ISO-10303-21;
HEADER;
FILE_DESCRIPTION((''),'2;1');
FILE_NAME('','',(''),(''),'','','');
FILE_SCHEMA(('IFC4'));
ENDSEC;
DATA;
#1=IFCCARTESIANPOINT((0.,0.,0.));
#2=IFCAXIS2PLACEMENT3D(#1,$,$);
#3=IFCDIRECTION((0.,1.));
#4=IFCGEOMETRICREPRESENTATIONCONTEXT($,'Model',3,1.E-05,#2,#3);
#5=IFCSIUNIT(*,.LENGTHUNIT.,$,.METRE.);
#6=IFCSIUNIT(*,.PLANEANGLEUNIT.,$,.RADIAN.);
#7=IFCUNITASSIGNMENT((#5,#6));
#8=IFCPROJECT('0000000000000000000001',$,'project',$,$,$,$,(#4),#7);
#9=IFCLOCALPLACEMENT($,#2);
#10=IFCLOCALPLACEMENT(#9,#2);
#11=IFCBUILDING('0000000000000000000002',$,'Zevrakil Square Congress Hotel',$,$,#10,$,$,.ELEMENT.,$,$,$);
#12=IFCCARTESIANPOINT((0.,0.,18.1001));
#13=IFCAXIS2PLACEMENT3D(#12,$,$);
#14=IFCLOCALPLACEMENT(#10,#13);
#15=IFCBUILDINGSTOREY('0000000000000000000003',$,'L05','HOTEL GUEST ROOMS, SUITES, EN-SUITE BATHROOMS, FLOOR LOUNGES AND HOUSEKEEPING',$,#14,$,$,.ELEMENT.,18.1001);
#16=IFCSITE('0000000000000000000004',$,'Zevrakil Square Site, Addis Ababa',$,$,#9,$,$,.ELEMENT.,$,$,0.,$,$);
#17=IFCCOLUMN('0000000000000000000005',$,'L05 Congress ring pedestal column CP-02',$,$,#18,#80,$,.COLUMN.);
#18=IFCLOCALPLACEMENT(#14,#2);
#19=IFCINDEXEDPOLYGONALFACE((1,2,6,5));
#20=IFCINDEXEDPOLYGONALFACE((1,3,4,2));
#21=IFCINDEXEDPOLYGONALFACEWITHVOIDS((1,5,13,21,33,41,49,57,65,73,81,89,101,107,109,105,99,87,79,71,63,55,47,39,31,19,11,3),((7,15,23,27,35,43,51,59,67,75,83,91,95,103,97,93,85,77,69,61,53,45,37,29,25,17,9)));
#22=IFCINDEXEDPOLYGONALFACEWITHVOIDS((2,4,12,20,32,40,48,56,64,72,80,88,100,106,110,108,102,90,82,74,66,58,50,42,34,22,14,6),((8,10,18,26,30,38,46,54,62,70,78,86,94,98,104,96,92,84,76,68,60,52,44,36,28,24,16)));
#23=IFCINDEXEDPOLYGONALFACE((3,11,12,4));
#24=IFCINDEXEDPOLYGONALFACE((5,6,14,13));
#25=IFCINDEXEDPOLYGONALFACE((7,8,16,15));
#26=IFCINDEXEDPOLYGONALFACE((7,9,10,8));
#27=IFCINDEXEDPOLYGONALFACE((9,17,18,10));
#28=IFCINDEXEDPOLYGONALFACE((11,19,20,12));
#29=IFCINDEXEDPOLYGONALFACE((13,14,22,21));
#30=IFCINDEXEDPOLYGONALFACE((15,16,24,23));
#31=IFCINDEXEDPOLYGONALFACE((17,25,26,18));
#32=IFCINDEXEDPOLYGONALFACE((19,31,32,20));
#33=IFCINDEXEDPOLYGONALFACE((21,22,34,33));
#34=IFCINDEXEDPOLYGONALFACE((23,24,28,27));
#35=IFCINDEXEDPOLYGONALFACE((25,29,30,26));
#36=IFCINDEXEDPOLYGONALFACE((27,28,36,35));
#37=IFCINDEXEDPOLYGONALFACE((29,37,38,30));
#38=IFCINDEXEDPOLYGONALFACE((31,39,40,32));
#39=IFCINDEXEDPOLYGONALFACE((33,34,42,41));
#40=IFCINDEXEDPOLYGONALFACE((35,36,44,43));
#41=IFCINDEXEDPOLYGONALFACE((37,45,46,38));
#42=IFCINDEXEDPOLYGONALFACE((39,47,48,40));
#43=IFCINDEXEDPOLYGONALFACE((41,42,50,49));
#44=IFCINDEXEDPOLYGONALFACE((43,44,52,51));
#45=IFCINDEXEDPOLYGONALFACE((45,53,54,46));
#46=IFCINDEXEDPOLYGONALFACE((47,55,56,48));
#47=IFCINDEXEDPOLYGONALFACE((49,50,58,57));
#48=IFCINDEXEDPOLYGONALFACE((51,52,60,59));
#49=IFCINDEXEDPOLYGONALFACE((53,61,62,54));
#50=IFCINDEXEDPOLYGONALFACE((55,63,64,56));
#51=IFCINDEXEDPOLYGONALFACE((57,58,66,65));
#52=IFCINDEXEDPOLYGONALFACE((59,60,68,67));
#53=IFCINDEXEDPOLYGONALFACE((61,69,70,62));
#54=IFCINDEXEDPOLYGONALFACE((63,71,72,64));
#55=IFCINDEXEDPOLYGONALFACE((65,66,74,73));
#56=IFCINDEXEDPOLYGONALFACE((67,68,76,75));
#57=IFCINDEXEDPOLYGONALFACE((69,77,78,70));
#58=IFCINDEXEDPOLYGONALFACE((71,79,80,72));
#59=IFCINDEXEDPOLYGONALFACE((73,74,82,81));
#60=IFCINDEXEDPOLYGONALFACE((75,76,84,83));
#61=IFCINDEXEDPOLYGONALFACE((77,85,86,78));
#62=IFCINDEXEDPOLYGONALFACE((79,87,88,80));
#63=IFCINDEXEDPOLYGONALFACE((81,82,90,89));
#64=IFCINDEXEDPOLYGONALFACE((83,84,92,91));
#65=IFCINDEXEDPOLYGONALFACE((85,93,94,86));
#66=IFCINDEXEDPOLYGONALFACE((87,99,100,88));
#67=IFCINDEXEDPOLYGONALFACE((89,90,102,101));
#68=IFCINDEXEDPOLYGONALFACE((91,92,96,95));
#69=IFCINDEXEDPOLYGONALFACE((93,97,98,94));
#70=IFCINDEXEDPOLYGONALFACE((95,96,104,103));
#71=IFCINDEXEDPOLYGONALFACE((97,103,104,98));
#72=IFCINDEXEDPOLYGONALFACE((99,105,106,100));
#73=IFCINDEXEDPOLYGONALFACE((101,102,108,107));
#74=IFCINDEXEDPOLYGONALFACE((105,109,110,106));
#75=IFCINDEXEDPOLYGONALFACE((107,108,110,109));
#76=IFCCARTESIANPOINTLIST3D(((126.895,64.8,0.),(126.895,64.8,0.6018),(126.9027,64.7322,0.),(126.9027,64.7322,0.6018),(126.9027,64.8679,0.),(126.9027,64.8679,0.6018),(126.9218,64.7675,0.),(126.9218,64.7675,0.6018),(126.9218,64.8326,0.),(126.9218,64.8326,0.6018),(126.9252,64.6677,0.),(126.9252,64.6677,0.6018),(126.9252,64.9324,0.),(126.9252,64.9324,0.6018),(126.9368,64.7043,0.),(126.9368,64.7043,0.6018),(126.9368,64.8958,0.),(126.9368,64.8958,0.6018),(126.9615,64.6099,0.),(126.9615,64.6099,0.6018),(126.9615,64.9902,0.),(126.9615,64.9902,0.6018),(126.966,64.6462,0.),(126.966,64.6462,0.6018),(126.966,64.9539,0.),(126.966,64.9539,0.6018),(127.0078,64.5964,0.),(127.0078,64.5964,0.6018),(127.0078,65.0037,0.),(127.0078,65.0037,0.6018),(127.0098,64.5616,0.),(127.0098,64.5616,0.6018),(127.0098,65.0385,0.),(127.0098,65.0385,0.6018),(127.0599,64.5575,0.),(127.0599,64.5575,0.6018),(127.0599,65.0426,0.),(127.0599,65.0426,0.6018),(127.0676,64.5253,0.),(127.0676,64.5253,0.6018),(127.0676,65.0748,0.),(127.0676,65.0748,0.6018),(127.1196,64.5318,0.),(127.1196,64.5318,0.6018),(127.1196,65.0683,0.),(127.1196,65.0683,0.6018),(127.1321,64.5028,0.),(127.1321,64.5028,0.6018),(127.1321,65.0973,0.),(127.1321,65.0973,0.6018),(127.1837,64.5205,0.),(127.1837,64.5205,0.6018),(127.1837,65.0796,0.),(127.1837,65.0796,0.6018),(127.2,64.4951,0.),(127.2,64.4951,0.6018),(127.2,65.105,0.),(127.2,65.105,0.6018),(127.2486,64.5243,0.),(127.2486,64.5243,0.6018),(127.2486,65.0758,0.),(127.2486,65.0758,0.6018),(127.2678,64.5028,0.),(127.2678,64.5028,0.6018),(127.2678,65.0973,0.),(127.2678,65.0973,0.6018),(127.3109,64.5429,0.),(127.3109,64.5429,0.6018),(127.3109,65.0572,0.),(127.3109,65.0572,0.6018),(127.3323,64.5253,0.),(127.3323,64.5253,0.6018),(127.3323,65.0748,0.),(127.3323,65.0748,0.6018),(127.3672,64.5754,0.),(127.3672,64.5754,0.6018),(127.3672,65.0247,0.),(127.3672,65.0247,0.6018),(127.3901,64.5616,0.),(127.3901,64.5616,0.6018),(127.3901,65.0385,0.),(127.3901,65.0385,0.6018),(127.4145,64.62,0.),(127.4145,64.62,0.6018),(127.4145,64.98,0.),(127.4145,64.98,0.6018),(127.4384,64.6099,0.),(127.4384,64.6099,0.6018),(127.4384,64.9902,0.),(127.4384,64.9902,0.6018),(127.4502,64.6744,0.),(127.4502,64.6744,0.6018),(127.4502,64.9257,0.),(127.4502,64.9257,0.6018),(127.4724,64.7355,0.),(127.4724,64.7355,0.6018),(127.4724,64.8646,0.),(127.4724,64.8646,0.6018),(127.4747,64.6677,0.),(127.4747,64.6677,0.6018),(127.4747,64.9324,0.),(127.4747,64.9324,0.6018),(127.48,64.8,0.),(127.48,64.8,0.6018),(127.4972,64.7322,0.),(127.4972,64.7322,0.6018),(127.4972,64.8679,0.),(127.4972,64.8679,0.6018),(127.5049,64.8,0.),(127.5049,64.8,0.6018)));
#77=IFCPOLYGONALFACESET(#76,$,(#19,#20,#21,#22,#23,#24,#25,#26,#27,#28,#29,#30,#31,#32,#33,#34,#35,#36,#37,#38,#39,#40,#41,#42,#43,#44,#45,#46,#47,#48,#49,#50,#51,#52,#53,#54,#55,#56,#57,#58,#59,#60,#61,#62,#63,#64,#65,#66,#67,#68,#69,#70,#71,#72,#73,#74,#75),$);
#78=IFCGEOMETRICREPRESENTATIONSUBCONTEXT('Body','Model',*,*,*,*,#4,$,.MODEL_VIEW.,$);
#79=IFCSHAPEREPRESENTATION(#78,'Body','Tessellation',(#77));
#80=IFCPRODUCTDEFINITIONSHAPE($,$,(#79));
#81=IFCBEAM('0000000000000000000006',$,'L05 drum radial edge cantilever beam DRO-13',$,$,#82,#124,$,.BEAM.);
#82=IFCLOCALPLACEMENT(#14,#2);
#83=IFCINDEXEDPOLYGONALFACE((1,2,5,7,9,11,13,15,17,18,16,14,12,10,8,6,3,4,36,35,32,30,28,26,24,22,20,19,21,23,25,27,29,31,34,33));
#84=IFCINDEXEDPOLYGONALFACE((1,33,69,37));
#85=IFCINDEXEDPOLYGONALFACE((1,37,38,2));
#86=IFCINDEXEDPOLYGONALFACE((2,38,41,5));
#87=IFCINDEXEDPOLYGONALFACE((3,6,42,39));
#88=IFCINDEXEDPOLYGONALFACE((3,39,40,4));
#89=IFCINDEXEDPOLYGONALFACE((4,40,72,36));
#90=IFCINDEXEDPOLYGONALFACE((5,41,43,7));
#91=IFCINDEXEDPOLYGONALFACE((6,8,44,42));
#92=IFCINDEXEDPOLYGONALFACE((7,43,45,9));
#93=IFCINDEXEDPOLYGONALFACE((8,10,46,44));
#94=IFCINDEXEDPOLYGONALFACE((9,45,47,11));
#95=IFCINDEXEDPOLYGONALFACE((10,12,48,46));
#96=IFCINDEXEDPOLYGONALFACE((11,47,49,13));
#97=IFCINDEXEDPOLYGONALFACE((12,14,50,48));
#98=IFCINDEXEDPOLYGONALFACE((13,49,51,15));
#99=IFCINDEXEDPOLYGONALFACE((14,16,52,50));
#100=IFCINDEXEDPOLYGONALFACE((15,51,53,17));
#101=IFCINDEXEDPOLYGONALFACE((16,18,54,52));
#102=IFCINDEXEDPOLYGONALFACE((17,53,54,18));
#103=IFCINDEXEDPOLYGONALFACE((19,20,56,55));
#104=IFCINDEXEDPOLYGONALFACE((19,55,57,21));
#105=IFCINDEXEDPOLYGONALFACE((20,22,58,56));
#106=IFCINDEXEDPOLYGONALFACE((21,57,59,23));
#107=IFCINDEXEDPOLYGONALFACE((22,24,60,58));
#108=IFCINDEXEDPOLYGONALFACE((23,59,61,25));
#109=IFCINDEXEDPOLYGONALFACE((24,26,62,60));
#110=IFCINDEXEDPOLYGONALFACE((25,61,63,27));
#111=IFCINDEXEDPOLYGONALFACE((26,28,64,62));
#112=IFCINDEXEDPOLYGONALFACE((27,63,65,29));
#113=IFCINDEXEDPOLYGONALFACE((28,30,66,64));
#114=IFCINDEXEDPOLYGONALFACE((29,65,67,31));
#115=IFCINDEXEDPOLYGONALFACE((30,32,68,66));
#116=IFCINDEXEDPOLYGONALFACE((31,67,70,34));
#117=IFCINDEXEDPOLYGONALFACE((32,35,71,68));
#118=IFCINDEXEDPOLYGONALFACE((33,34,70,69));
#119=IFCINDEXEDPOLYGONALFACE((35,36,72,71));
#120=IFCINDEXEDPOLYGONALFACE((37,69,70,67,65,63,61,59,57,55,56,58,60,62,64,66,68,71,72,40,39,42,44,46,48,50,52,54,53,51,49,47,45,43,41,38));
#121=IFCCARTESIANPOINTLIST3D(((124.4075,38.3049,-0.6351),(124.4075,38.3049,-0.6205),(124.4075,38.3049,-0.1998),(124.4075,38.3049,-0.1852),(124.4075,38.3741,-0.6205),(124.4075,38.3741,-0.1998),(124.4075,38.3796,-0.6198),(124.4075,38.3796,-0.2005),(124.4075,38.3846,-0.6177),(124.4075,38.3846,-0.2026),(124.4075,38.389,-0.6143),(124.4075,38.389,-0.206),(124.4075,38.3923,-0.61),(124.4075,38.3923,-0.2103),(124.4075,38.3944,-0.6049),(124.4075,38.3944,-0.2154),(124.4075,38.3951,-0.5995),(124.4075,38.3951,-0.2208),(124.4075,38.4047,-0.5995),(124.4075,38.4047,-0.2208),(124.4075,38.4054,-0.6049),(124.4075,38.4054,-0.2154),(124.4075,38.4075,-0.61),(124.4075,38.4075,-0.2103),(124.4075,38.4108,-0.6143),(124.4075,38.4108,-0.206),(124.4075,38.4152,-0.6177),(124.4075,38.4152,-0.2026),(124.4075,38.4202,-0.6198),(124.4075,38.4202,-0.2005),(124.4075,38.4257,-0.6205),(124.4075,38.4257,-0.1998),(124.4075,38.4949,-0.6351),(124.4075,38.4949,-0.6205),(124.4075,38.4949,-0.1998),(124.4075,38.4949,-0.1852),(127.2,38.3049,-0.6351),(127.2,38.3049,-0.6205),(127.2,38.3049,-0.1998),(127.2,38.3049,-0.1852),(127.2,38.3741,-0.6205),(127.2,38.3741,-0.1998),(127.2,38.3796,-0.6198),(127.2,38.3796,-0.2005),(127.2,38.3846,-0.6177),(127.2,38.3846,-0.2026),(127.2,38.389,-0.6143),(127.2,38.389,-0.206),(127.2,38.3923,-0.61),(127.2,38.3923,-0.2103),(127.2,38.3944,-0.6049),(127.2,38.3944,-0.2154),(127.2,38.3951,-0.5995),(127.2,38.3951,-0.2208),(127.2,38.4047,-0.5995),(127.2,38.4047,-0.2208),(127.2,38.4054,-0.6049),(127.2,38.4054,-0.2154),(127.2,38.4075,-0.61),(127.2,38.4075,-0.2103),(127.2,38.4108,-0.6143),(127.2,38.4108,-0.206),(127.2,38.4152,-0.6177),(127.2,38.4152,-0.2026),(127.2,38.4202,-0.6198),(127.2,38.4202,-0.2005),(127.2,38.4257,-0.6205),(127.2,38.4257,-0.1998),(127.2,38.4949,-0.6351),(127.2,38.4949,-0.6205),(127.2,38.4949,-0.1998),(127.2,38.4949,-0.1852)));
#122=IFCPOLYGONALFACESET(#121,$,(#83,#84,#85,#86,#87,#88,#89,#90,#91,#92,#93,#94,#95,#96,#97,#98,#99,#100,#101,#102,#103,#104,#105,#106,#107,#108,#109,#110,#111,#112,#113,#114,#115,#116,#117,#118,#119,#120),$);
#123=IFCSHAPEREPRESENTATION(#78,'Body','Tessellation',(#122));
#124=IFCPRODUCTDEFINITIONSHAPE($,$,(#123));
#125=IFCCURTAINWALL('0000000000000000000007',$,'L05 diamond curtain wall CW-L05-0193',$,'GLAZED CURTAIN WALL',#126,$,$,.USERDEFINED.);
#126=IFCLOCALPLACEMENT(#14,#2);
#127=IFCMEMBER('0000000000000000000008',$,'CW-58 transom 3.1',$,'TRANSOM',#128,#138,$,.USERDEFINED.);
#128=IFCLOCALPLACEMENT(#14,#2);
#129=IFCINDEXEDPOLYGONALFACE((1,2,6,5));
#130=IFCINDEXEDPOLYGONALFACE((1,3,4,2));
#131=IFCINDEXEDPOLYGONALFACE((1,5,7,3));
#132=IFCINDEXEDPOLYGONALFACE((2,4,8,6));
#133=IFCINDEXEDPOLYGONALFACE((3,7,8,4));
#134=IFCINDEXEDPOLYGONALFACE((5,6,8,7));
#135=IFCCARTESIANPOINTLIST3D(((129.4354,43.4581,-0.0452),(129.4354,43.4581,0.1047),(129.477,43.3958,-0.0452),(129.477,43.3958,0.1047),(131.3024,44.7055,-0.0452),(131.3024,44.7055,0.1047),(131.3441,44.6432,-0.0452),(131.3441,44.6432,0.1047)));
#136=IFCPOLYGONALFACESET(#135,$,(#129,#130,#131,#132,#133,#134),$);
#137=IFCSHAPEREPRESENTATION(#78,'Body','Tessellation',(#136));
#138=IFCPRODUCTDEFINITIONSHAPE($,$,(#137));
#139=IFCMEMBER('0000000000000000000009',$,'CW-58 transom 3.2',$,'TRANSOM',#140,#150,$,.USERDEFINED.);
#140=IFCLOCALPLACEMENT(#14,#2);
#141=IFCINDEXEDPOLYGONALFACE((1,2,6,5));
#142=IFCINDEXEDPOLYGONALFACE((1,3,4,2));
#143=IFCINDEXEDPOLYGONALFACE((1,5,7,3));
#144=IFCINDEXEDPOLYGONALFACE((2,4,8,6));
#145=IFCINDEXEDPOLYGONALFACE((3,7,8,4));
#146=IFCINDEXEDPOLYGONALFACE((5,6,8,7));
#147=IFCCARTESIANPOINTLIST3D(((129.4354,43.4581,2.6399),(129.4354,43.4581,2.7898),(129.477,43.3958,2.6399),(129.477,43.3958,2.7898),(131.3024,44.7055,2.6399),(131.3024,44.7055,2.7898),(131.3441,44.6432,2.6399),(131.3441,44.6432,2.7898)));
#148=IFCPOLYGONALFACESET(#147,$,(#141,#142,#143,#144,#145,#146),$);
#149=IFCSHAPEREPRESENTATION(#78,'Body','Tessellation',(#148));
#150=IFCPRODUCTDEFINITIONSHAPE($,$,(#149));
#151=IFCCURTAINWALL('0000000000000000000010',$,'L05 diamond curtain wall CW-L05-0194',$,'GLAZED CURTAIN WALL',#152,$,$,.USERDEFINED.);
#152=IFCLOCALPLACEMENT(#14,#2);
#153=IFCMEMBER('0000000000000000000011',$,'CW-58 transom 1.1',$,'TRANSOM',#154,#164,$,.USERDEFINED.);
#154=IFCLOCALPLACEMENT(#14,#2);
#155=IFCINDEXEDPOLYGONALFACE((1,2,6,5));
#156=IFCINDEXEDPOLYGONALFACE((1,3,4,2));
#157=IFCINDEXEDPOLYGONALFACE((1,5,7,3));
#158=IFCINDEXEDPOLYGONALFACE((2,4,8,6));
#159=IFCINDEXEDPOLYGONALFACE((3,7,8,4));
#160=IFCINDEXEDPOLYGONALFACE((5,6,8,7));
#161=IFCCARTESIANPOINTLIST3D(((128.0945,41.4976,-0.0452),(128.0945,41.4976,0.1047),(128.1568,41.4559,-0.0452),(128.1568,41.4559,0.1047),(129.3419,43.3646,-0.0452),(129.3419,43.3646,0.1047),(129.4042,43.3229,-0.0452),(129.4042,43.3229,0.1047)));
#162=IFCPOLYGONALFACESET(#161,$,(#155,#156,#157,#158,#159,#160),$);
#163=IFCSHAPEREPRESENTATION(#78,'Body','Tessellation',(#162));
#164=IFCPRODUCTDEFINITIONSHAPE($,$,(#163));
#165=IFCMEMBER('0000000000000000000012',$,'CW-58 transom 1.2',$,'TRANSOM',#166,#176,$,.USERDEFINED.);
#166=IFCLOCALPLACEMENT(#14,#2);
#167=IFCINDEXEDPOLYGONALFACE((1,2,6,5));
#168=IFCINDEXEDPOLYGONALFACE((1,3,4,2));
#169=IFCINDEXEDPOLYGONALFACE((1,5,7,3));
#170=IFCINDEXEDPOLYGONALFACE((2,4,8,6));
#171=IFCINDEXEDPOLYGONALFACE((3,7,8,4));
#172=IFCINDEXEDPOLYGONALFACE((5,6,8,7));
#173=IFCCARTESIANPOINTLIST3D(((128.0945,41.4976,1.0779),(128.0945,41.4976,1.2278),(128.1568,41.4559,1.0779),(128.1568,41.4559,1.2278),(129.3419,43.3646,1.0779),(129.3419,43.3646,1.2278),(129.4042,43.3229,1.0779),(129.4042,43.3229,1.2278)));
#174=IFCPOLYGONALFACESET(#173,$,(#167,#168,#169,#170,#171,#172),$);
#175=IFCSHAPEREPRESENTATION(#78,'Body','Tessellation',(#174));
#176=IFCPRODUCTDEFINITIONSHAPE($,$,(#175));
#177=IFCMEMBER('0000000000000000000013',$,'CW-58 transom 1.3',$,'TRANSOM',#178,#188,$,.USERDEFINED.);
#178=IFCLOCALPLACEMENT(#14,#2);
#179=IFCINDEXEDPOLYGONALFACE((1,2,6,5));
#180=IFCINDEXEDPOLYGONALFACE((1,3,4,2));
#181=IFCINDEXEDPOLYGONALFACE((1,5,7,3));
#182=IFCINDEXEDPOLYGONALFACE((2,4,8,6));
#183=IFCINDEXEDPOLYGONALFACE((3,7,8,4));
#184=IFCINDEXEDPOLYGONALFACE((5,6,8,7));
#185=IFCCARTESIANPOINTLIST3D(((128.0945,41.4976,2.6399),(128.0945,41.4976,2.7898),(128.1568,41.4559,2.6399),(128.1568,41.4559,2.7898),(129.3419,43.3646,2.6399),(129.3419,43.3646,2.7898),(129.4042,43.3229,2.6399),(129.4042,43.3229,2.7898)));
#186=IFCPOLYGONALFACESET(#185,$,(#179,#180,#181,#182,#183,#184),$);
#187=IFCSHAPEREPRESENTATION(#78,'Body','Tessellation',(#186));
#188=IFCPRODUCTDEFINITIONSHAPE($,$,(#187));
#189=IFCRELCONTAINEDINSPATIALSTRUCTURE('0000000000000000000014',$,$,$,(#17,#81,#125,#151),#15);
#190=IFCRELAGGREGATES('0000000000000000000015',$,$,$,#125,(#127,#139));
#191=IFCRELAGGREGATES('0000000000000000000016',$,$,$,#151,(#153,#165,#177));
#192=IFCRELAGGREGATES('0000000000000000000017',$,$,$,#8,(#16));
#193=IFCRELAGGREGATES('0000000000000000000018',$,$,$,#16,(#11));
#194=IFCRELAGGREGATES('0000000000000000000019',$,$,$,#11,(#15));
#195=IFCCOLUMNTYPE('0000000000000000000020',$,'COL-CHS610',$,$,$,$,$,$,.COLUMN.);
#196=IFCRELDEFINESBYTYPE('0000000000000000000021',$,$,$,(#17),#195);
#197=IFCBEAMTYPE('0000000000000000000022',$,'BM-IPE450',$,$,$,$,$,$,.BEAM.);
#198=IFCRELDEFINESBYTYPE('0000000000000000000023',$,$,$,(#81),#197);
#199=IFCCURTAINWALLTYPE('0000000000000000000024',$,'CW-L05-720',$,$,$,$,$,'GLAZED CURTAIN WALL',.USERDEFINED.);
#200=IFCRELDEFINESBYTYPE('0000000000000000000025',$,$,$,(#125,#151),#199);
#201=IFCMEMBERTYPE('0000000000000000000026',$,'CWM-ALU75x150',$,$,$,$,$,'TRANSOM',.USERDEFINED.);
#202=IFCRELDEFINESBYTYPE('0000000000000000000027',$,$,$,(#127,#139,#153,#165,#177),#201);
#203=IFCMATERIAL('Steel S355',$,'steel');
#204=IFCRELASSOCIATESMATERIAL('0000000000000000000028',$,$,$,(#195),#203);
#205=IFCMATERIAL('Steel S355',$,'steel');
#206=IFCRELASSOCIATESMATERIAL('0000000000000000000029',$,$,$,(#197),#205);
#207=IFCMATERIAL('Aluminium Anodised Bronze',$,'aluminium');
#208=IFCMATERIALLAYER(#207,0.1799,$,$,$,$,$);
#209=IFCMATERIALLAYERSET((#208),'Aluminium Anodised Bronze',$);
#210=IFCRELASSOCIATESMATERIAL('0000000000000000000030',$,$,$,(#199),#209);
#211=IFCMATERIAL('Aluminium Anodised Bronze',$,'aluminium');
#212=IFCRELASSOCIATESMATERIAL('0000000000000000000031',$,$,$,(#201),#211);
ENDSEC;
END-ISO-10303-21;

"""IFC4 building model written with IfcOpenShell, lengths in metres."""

from ifc_helpers import new_model, si_unit, direction, frame, origin, origin_2d, place, context, subcontext, project, spatial, rectangle, hollow_circle, i_section, extrude, material, layer, layer_set, material_profile, profile_set, type_object, element, aggregate, save


model = new_model("IFC4")

# Units and contexts
model_context = context("Model", 3, precision=1e-05, world=origin(), true_north=direction((0.0, 1.0)))
body_context = subcontext(model_context, "Body", "Model", "MODEL_VIEW")
ifc_project = project(units=[si_unit("LENGTHUNIT", "METRE"), si_unit("PLANEANGLEUNIT", "RADIAN")], contexts=[model_context])

# Site, building, storey
site_placement = place(None, origin())
site = spatial("IfcSite", under=ifc_project, at=site_placement, Name="Zevrakil Square Site, Addis Ababa", CompositionType="ELEMENT", RefElevation=0.0)
building_placement = place(site_placement, origin())
building = spatial("IfcBuilding", under=site, at=building_placement, Name="Zevrakil Square Congress Hotel", CompositionType="ELEMENT")
storey_placement = place(building_placement, frame((0.0, 0.0, 18.1001)))
storey = spatial("IfcBuildingStorey", under=building, at=storey_placement, Name="L05", Description="HOTEL GUEST ROOMS, SUITES, EN-SUITE BATHROOMS, FLOOR LOUNGES AND HOUSEKEEPING", CompositionType="ELEMENT", Elevation=18.1001)

# Column
ifc_material_1 = material(Name="Steel S355", Category="steel")
ifc_material_profile_1 = material_profile(ifc_material_1, hollow_circle(Radius=0.3049, WallThickness=0.0249, at=origin_2d()), Name="CHS 610x25")
ifc_profile_set_1 = profile_set([ifc_material_profile_1], Name="Steel S355")
column_type = type_object("IfcColumnType", Name="COL-CHS610", PredefinedType="COLUMN", material=ifc_profile_set_1)
column_placement = place(storey_placement, frame((127.2, 64.8, 0.0), z_axis=(0.0, 0.0, 1.0), x_axis=(1.0, 0.0, 0.0)))
element("IfcColumn", 1, at=column_placement, inside=storey, type_object=column_type, Name="L05 Congress ring pedestal column CP-02", PredefinedType="COLUMN", context=body_context, shape_type="SweptSolid", body=[
    extrude(hollow_circle(Radius=0.3049, WallThickness=0.0249, at=origin_2d()), origin(), (0.0, 0.0, 1.0), 0.6018),
])

# Beam
ifc_material_2 = material(Name="Steel S355", Category="steel")
ifc_material_profile_2 = material_profile(ifc_material_2, i_section(OverallWidth=0.1899, OverallDepth=0.45, WebThickness=0.0095, FlangeThickness=0.0146, FilletRadius=0.021, at=origin_2d()), Name="IPE 450")
ifc_profile_set_2 = profile_set([ifc_material_profile_2], Name="Steel S355")
beam_type_1 = type_object("IfcBeamType", Name="BM-IPE450", PredefinedType="BEAM", material=ifc_profile_set_2)
beam_1_placement = place(storey_placement, frame((127.2, 38.3999, -0.4102), z_axis=(-1.0, 0.0, 0.0), x_axis=(0.0, -1.0, 0.0)))
element("IfcBeam", 2, at=beam_1_placement, inside=storey, type_object=beam_type_1, Name="L05 drum radial edge cantilever beam DRO-13", PredefinedType="BEAM", context=body_context, shape_type="SweptSolid", body=[
    extrude(i_section(OverallWidth=0.1899, OverallDepth=0.45, WebThickness=0.0095, FlangeThickness=0.0146, FilletRadius=0.021, at=origin_2d()), origin(), (0.0, 0.0, 1.0), 2.7925),
])

# Curtain walls, members
ifc_material_3 = material(Name="Aluminium Anodised Bronze", Category="aluminium")
ifc_layer_1 = layer(ifc_material_3, 0.1799)
ifc_layer_set_1 = layer_set([ifc_layer_1], Name="Aluminium Anodised Bronze")
curtain_wall_type = type_object("IfcCurtainWallType", Name="CW-L05-720", ElementType="GLAZED CURTAIN WALL", PredefinedType="USERDEFINED", material=ifc_layer_set_1)
curtain_wall_1_placement = place(storey_placement, origin())
curtain_wall_1 = element("IfcCurtainWall", 3, at=curtain_wall_1_placement, inside=storey, type_object=curtain_wall_type, Name="L05 diamond curtain wall CW-L05-0193", ObjectType="GLAZED CURTAIN WALL", PredefinedType="USERDEFINED")
ifc_material_4 = material(Name="Aluminium Anodised Bronze", Category="aluminium")
ifc_material_profile_3 = material_profile(ifc_material_4, rectangle(XDim=0.075, YDim=0.1499, at=origin_2d()), Name="ALU 75x150")
ifc_profile_set_3 = profile_set([ifc_material_profile_3], Name="Aluminium Anodised Bronze")
member_type_1 = type_object("IfcMemberType", Name="CWM-ALU75x150", ElementType="TRANSOM", PredefinedType="USERDEFINED", material=ifc_profile_set_3)
member_1_placement = place(storey_placement, frame((131.3232, 44.6743, 0.0298), z_axis=(-0.831498, -0.555528, 0.0), x_axis=(0.555528, -0.831498, 0.0)))
member_1 = element("IfcMember", 4, at=member_1_placement, type_object=member_type_1, Name="CW-58 transom 3.1", ObjectType="TRANSOM", PredefinedType="USERDEFINED", context=body_context, shape_type="SweptSolid", body=[
    extrude(rectangle(XDim=0.075, YDim=0.1499, at=origin_2d()), origin(), (0.0, 0.0, 1.0), 2.2454),
])
member_2_placement = place(storey_placement, frame((131.3232, 44.6743, 2.7148), z_axis=(-0.831498, -0.555528, 0.0), x_axis=(0.555528, -0.831498, 0.0)))
member_2 = element("IfcMember", 5, at=member_2_placement, type_object=member_type_1, Name="CW-58 transom 3.2", ObjectType="TRANSOM", PredefinedType="USERDEFINED", context=body_context, shape_type="SweptSolid", body=[
    extrude(rectangle(XDim=0.075, YDim=0.1499, at=origin_2d()), origin(), (0.0, 0.0, 1.0), 2.2454),
])
curtain_wall_2_placement = place(storey_placement, origin())
curtain_wall_2 = element("IfcCurtainWall", 6, at=curtain_wall_2_placement, inside=storey, type_object=curtain_wall_type, Name="L05 diamond curtain wall CW-L05-0194", ObjectType="GLAZED CURTAIN WALL", PredefinedType="USERDEFINED")
member_3_placement = place(storey_placement, frame((129.373, 43.3438, 0.0298), z_axis=(-0.555528, -0.831498, 0.0), x_axis=(0.831498, -0.555528, 0.0)))
member_3 = element("IfcMember", 7, at=member_3_placement, type_object=member_type_1, Name="CW-58 transom 1.1", ObjectType="TRANSOM", PredefinedType="USERDEFINED", context=body_context, shape_type="SweptSolid", body=[
    extrude(rectangle(XDim=0.075, YDim=0.1499, at=origin_2d()), origin(), (0.0, 0.0, 1.0), 2.2454),
])
member_4_placement = place(storey_placement, frame((129.373, 43.3438, 1.1528), z_axis=(-0.555528, -0.831498, 0.0), x_axis=(0.831498, -0.555528, 0.0)))
member_4 = element("IfcMember", 8, at=member_4_placement, type_object=member_type_1, Name="CW-58 transom 1.2", ObjectType="TRANSOM", PredefinedType="USERDEFINED", context=body_context, shape_type="SweptSolid", body=[
    extrude(rectangle(XDim=0.075, YDim=0.1499, at=origin_2d()), origin(), (0.0, 0.0, 1.0), 2.2454),
])
member_5_placement = place(storey_placement, frame((129.373, 43.3438, 2.7148), z_axis=(-0.555528, -0.831498, 0.0), x_axis=(0.831498, -0.555528, 0.0)))
member_5 = element("IfcMember", 9, at=member_5_placement, type_object=member_type_1, Name="CW-58 transom 1.3", ObjectType="TRANSOM", PredefinedType="USERDEFINED", context=body_context, shape_type="SweptSolid", body=[
    extrude(rectangle(XDim=0.075, YDim=0.1499, at=origin_2d()), origin(), (0.0, 0.0, 1.0), 2.2454),
])

aggregate(curtain_wall_1, [member_1, member_2])
aggregate(curtain_wall_2, [member_3, member_4, member_5])

save(model, "model.ifc")
